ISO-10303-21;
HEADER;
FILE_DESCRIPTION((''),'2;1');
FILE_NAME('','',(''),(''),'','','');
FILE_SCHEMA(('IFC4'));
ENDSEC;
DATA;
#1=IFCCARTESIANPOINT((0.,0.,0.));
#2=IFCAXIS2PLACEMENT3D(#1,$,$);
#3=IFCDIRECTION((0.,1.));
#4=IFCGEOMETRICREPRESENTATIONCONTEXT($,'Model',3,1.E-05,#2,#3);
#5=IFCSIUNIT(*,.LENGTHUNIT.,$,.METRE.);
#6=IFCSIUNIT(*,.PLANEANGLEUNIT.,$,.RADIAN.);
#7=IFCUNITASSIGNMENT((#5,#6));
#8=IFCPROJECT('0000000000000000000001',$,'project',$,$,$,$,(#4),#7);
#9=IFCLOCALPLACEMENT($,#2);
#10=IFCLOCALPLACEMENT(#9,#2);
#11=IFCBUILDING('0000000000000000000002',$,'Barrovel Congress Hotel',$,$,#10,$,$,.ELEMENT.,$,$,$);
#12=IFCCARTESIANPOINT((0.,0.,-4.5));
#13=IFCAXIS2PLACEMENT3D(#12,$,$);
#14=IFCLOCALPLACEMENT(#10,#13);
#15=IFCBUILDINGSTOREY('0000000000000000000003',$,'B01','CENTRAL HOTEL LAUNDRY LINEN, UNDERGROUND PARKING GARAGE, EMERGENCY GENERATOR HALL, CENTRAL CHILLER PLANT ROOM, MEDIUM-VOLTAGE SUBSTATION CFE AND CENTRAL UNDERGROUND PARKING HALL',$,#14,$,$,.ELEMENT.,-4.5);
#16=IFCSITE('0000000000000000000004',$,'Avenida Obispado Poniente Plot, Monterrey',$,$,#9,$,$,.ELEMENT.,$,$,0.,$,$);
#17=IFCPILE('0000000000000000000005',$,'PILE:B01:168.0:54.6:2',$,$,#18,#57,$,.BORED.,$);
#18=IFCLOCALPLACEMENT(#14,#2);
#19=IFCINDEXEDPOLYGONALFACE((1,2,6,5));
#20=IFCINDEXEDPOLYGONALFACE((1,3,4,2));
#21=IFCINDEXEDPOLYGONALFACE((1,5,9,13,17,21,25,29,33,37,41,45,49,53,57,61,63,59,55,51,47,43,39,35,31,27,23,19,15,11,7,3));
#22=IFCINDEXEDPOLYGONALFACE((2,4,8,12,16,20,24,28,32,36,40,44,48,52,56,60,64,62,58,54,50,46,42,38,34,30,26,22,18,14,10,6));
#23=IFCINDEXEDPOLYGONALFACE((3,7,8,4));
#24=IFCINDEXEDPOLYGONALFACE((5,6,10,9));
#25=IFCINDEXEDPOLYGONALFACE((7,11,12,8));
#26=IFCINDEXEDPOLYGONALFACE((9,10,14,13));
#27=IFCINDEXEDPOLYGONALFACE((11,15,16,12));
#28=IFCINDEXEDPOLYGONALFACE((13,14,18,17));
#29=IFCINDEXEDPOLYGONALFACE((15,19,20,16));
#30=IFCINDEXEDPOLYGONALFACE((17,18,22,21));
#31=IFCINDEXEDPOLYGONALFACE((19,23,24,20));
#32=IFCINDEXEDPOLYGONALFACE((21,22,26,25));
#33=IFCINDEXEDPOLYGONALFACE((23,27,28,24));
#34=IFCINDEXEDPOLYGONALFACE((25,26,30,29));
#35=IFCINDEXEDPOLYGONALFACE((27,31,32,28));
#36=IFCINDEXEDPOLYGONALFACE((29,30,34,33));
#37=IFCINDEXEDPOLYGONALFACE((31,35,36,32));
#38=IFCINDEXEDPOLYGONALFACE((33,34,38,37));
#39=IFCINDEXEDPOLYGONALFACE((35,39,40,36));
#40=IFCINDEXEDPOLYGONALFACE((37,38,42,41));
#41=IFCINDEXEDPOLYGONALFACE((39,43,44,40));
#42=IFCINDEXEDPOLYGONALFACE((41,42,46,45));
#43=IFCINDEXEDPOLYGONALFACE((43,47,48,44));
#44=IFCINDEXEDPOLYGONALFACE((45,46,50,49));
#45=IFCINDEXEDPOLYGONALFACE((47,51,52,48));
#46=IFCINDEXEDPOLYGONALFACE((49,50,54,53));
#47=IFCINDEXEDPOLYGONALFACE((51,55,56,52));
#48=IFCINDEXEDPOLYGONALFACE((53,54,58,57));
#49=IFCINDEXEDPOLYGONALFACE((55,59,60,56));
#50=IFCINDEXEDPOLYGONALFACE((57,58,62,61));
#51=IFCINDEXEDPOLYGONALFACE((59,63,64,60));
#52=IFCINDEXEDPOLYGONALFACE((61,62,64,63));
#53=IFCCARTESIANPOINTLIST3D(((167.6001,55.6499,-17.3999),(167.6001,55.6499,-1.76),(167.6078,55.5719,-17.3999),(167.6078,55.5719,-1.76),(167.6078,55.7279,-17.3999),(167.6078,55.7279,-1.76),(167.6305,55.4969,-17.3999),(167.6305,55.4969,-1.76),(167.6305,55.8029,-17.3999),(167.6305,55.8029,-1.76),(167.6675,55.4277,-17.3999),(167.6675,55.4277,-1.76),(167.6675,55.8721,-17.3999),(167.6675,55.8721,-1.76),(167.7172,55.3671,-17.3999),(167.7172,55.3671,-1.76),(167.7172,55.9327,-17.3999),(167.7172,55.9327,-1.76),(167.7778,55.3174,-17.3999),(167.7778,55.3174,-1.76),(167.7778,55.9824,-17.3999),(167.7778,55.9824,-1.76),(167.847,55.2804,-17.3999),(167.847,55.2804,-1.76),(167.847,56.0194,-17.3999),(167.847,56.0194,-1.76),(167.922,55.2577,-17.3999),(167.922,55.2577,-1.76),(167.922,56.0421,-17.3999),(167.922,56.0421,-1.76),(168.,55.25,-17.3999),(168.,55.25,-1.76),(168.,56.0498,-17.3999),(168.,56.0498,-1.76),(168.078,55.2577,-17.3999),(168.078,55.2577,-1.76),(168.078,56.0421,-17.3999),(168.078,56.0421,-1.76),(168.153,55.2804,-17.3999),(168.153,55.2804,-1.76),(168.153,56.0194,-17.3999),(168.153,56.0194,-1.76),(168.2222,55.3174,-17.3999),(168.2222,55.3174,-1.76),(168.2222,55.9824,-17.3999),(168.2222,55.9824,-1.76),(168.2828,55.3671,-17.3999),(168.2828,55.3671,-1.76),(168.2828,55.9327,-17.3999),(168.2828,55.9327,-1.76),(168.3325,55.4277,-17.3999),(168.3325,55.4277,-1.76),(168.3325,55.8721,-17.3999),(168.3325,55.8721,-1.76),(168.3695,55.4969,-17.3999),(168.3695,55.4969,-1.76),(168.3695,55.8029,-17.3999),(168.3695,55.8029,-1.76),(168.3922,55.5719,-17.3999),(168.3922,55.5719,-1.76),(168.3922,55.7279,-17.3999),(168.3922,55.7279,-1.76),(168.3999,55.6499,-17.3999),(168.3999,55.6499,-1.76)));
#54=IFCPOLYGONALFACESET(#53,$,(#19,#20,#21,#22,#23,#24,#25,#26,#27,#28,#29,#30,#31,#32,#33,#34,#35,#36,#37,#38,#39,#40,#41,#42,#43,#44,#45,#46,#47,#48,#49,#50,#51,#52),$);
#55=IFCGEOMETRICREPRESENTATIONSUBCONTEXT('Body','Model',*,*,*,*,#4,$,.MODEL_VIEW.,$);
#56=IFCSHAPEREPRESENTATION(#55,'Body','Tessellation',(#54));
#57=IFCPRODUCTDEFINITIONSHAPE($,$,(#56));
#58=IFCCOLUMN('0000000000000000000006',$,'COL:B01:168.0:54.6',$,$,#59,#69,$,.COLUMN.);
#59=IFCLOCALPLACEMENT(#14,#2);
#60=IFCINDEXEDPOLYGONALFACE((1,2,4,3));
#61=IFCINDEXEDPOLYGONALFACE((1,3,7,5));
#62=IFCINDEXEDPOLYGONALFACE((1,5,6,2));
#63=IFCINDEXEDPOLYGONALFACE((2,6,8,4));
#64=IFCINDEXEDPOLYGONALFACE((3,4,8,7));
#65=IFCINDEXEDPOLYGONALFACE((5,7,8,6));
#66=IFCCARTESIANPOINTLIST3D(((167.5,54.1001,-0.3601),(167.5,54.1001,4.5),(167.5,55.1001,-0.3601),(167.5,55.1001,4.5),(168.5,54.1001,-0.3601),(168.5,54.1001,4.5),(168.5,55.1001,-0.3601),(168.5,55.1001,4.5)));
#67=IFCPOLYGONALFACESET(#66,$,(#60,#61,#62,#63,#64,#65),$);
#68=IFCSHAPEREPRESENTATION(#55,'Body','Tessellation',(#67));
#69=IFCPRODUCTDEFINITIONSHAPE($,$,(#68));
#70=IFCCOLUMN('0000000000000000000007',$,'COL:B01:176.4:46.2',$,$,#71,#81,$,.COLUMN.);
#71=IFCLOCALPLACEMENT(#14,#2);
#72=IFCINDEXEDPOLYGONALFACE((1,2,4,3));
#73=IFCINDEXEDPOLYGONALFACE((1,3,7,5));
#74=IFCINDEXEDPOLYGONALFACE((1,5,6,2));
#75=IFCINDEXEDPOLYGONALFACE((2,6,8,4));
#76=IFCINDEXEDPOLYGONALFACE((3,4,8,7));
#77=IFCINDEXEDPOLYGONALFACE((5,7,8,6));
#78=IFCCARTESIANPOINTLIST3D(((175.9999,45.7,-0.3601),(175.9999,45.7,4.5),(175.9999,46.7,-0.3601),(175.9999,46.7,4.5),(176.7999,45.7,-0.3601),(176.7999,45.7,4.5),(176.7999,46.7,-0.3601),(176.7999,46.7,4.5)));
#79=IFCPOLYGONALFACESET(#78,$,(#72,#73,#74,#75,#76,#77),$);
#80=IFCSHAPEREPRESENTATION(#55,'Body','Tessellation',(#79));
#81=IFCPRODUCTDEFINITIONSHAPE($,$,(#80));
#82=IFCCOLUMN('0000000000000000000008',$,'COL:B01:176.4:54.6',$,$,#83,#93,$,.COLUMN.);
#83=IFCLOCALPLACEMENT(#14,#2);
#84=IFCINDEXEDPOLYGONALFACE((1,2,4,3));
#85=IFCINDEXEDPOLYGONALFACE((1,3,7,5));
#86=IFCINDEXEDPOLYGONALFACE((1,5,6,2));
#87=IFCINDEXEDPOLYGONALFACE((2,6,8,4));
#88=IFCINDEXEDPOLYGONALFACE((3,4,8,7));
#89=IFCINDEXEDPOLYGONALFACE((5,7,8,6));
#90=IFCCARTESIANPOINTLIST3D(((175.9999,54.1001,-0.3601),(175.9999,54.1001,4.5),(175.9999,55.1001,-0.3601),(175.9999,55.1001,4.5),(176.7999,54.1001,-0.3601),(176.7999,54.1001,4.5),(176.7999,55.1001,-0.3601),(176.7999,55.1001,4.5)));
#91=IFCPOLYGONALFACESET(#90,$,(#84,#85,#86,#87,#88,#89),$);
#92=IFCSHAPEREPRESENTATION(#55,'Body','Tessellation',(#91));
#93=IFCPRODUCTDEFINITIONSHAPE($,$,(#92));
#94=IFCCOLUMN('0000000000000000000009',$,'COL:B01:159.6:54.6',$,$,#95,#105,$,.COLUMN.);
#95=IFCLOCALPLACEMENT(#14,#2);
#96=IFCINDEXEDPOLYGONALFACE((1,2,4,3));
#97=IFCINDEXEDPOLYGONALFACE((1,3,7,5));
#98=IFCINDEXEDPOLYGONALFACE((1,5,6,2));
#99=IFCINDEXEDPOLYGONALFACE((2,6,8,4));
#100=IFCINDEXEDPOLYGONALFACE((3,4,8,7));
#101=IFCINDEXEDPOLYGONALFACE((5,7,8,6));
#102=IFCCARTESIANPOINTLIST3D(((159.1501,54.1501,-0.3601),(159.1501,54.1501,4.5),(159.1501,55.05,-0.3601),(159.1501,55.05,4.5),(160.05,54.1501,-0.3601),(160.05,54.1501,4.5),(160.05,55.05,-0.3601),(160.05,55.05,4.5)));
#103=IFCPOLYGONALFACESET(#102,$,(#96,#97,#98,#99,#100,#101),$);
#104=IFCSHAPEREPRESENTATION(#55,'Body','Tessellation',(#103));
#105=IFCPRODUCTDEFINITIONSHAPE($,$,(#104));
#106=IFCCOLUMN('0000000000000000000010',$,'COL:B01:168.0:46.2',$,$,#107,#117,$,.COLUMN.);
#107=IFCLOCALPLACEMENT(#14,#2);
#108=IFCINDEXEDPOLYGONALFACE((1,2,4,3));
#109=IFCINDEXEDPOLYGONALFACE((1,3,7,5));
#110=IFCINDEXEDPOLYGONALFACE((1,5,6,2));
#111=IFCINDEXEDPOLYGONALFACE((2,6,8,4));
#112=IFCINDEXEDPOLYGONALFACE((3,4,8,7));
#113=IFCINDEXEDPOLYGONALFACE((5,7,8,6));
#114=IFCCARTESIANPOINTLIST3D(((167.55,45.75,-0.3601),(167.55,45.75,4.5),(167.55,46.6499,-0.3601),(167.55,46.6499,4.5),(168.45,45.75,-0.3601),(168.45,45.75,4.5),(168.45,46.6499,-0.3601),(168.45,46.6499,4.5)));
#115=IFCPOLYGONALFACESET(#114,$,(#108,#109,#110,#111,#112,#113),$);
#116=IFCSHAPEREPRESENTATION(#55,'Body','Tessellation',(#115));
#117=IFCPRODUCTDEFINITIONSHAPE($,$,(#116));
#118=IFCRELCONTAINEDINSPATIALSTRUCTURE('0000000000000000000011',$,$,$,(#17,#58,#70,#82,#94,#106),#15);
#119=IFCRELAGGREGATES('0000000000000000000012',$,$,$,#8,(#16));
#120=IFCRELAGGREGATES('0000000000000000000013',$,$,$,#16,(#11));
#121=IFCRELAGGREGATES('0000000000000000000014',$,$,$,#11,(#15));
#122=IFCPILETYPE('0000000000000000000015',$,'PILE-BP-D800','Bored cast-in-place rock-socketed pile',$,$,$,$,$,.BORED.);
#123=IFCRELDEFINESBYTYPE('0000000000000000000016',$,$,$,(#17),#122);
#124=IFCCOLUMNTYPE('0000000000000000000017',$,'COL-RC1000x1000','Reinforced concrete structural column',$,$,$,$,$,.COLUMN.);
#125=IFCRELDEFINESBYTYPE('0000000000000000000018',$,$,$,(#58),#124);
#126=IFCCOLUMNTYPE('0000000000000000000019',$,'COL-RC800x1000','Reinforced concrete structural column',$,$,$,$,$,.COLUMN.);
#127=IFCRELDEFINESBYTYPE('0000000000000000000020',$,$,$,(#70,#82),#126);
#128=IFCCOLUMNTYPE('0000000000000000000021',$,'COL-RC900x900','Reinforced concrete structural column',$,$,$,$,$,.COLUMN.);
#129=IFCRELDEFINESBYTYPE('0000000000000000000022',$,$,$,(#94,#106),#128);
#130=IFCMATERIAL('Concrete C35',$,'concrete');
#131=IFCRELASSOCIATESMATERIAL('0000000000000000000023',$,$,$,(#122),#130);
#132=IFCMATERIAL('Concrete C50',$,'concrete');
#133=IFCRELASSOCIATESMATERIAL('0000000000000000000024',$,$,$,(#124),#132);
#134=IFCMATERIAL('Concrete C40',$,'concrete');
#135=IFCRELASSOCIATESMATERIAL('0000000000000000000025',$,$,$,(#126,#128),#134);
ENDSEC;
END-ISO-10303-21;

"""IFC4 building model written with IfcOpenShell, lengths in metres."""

from ifc_helpers import new_model, si_unit, direction, frame, origin, origin_2d, place, context, subcontext, project, spatial, rectangle, circle, extrude, material, material_profile, profile_set, type_object, element, save


model = new_model("IFC4")

# Units and contexts
model_context = context("Model", 3, precision=1e-05, world=origin(), true_north=direction((0.0, 1.0)))
body_context = subcontext(model_context, "Body", "Model", "MODEL_VIEW")
ifc_project = project(units=[si_unit("LENGTHUNIT", "METRE"), si_unit("PLANEANGLEUNIT", "RADIAN")], contexts=[model_context])

# Site, building, storey
site_placement = place(None, origin())
site = spatial("IfcSite", under=ifc_project, at=site_placement, Name="Avenida Obispado Poniente Plot, Monterrey", CompositionType="ELEMENT", RefElevation=0.0)
building_placement = place(site_placement, origin())
building = spatial("IfcBuilding", under=site, at=building_placement, Name="Barrovel Congress Hotel", CompositionType="ELEMENT")
storey_placement = place(building_placement, frame((0.0, 0.0, -4.5)))
storey = spatial("IfcBuildingStorey", under=building, at=storey_placement, Name="B01", Description="CENTRAL HOTEL LAUNDRY LINEN, UNDERGROUND PARKING GARAGE, EMERGENCY GENERATOR HALL, CENTRAL CHILLER PLANT ROOM, MEDIUM-VOLTAGE SUBSTATION CFE AND CENTRAL UNDERGROUND PARKING HALL", CompositionType="ELEMENT", Elevation=-4.5)

# Shared definitions
ifc_material_1 = material(Name="Concrete C40", Category="concrete")

# Pile
ifc_material_2 = material(Name="Concrete C35", Category="concrete")
ifc_material_profile_1 = material_profile(ifc_material_2, circle(Radius=0.3999, at=origin_2d()), Name="BP-D800")
ifc_profile_set_1 = profile_set([ifc_material_profile_1], Name="Concrete C35")
pile_type_1 = type_object("IfcPileType", Name="PILE-BP-D800", Description="Bored cast-in-place rock-socketed pile", PredefinedType="BORED", material=ifc_profile_set_1)
for number, where, z_axis, x_axis, name in (
    (1, (168.0, 55.6499, -1.76), (0.0, 0.0, -1.0), (1.0, 0.0, 0.0), "PILE:B01:168.0:54.6:2"),
):
    element("IfcPile", number, at=place(storey_placement, frame(where, z_axis=z_axis, x_axis=x_axis)), inside=storey, type_object=pile_type_1, Name=name, PredefinedType="BORED", context=body_context, shape_type="SweptSolid", body=[
        extrude(circle(Radius=0.3999, at=origin_2d()), origin(), (0.0, 0.0, 1.0), 15.6399),
    ])

# Columns
ifc_material_3 = material(Name="Concrete C50", Category="concrete")
ifc_material_profile_2 = material_profile(ifc_material_3, rectangle(XDim=1.0, YDim=1.0, at=origin_2d()), Name="RC1000x1000")
ifc_profile_set_2 = profile_set([ifc_material_profile_2], Name="Concrete C50")
column_type_1 = type_object("IfcColumnType", Name="COL-RC1000x1000", Description="Reinforced concrete structural column", PredefinedType="COLUMN", material=ifc_profile_set_2)
column_placement = place(storey_placement, frame((168.0, 54.6001, -0.3601), z_axis=(0.0, 0.0, 1.0), x_axis=(1.0, 0.0, 0.0)))
element("IfcColumn", 2, at=column_placement, inside=storey, type_object=column_type_1, Name="COL:B01:168.0:54.6", PredefinedType="COLUMN", context=body_context, shape_type="SweptSolid", body=[
    extrude(rectangle(XDim=1.0, YDim=1.0, at=origin_2d()), origin(), (0.0, 0.0, 1.0), 4.8601),
])
ifc_material_profile_3 = material_profile(ifc_material_1, rectangle(XDim=0.8, YDim=1.0, at=origin_2d()), Name="RC800x1000")
ifc_profile_set_3 = profile_set([ifc_material_profile_3], Name="Concrete C40")
column_type_2 = type_object("IfcColumnType", Name="COL-RC800x1000", Description="Reinforced concrete structural column", PredefinedType="COLUMN", material=ifc_profile_set_3)
for number, where, z_axis, x_axis, name in (
    (3, (176.3999, 46.2, -0.3601), (0.0, 0.0, 1.0), (1.0, 0.0, 0.0), "COL:B01:176.4:46.2"),
    (4, (176.3999, 54.6001, -0.3601), (0.0, 0.0, 1.0), (1.0, 0.0, 0.0), "COL:B01:176.4:54.6"),
):
    element("IfcColumn", number, at=place(storey_placement, frame(where, z_axis=z_axis, x_axis=x_axis)), inside=storey, type_object=column_type_2, Name=name, PredefinedType="COLUMN", context=body_context, shape_type="SweptSolid", body=[
        extrude(rectangle(XDim=0.8, YDim=1.0, at=origin_2d()), origin(), (0.0, 0.0, 1.0), 4.8601),
    ])
ifc_material_profile_4 = material_profile(ifc_material_1, rectangle(XDim=0.8999, YDim=0.8999, at=origin_2d()), Name="RC900x900")
ifc_profile_set_4 = profile_set([ifc_material_profile_4], Name="Concrete C40")
column_type_3 = type_object("IfcColumnType", Name="COL-RC900x900", Description="Reinforced concrete structural column", PredefinedType="COLUMN", material=ifc_profile_set_4)
for number, where, z_axis, x_axis, name in (
    (5, (159.6001, 54.6001, -0.3601), (0.0, 0.0, 1.0), (1.0, 0.0, 0.0), "COL:B01:159.6:54.6"),
    (6, (168.0, 46.2, -0.3601), (0.0, 0.0, 1.0), (1.0, 0.0, 0.0), "COL:B01:168.0:46.2"),
):
    element("IfcColumn", number, at=place(storey_placement, frame(where, z_axis=z_axis, x_axis=x_axis)), inside=storey, type_object=column_type_3, Name=name, PredefinedType="COLUMN", context=body_context, shape_type="SweptSolid", body=[
        extrude(rectangle(XDim=0.8999, YDim=0.8999, at=origin_2d()), origin(), (0.0, 0.0, 1.0), 4.8601),
    ])

save(model, "model.ifc")
